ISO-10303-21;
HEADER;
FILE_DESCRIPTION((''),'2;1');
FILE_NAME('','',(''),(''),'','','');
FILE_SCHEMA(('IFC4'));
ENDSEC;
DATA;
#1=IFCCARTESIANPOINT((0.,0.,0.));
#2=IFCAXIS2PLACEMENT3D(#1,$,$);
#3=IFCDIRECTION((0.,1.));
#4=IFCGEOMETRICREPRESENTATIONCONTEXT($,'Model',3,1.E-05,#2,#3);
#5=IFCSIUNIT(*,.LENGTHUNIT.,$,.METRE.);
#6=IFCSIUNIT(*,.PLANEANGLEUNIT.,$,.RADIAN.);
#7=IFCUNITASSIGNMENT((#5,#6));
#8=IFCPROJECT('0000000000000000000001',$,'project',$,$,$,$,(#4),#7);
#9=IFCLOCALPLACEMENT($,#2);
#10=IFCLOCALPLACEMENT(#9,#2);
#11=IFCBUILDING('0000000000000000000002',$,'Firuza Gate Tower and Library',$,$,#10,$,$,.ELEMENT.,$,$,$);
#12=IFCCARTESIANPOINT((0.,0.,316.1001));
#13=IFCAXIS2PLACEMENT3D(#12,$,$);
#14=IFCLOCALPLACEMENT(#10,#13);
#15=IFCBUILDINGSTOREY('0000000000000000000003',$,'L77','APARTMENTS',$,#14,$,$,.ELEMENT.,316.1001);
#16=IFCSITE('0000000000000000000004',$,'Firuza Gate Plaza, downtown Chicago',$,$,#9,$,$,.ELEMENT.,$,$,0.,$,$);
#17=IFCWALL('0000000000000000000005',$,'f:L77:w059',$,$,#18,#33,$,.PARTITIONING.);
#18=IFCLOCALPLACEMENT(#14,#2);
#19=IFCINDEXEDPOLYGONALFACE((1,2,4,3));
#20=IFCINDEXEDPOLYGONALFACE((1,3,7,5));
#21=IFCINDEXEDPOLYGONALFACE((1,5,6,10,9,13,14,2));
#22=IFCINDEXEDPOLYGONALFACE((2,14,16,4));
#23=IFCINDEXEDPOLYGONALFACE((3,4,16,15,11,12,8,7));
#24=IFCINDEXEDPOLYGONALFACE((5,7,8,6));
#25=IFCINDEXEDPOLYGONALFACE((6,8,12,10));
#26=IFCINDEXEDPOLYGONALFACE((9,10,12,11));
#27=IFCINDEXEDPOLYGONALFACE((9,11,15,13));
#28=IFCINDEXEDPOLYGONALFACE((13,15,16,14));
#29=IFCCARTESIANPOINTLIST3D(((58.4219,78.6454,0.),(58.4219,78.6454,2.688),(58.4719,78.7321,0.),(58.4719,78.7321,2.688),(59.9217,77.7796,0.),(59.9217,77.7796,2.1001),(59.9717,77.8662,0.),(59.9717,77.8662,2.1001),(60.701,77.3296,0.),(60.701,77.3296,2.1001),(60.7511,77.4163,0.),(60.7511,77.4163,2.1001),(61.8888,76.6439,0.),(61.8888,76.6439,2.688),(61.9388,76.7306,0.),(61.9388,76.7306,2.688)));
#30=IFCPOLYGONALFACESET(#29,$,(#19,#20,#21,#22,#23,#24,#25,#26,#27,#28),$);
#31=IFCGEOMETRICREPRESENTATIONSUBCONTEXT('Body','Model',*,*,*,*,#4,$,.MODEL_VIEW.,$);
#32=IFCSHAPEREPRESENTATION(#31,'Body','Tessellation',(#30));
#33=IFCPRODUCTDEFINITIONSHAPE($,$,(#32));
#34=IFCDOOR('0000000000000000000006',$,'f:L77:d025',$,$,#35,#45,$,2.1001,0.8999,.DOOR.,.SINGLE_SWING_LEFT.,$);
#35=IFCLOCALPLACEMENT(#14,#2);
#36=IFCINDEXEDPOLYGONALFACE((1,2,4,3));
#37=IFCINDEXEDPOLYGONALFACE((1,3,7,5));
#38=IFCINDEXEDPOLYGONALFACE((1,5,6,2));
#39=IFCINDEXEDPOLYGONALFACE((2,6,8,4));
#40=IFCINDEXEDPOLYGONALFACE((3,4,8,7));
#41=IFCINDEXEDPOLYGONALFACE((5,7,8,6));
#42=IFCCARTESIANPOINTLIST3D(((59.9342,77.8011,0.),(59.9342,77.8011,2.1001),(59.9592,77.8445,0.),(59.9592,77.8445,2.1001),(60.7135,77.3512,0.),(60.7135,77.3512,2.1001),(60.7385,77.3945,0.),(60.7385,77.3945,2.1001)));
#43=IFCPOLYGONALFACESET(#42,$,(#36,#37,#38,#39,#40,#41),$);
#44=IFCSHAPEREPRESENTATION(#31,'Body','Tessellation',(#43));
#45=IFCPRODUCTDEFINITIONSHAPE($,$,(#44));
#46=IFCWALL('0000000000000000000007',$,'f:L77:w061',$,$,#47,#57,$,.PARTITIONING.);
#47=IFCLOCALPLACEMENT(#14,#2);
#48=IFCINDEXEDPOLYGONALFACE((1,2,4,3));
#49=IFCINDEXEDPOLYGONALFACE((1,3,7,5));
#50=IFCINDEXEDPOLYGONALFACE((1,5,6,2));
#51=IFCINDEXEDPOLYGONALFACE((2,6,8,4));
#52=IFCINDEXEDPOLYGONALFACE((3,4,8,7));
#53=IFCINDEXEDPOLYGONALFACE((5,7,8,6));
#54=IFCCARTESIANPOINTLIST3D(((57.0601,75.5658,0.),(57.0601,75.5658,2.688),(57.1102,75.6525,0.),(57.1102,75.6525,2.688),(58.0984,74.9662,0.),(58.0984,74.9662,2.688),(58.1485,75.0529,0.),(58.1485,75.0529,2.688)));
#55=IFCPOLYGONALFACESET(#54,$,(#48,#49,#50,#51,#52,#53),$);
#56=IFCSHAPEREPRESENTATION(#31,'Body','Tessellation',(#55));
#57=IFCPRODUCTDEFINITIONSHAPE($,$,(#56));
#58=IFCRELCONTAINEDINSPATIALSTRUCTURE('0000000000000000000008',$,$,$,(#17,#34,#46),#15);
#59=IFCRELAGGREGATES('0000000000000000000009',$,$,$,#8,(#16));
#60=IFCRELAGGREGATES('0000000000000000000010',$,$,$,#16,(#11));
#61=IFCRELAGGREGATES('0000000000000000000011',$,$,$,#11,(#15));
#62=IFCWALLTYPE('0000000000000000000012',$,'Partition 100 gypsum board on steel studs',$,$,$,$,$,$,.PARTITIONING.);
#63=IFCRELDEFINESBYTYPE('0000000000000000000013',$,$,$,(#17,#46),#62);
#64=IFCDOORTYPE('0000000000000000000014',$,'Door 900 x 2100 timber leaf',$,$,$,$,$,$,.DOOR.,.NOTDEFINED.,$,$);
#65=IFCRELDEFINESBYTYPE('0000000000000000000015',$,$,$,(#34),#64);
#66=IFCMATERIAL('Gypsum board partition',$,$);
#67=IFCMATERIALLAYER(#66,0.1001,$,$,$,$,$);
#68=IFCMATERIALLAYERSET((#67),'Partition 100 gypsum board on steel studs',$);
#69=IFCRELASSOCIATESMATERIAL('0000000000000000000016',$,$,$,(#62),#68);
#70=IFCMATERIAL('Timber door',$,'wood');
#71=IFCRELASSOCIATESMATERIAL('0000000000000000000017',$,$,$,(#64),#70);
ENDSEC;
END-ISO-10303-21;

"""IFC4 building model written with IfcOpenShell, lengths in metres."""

from ifc_helpers import new_model, si_unit, direction, frame, frame_2d, origin, place, context, subcontext, project, spatial, rectangle, extrude, material, layer, layer_set, type_object, element, fill, save


model = new_model("IFC4")

# Units and contexts
model_context = context("Model", 3, precision=1e-05, world=origin(), true_north=direction((0.0, 1.0)))
body_context = subcontext(model_context, "Body", "Model", "MODEL_VIEW")
ifc_project = project(units=[si_unit("LENGTHUNIT", "METRE"), si_unit("PLANEANGLEUNIT", "RADIAN")], contexts=[model_context])

# Site, building, storey
site_placement = place(None, origin())
site = spatial("IfcSite", under=ifc_project, at=site_placement, Name="Firuza Gate Plaza, downtown Chicago", CompositionType="ELEMENT", RefElevation=0.0)
building_placement = place(site_placement, origin())
building = spatial("IfcBuilding", under=site, at=building_placement, Name="Firuza Gate Tower and Library", CompositionType="ELEMENT")
storey_placement = place(building_placement, frame((0.0, 0.0, 316.1001)))
storey = spatial("IfcBuildingStorey", under=building, at=storey_placement, Name="L77", Description="APARTMENTS", CompositionType="ELEMENT", Elevation=316.1001)

# Shared definitions
ifc_material_1 = material(Name="Gypsum board partition")
ifc_layer_1 = layer(ifc_material_1, 0.1001)
ifc_layer_set_1 = layer_set([ifc_layer_1], Name="Partition 100 gypsum board on steel studs")
wall_type = type_object("IfcWallType", Name="Partition 100 gypsum board on steel studs", PredefinedType="PARTITIONING", material=ifc_layer_set_1)

# Wall, opening, door
wall_1_placement = place(storey_placement, frame((58.447, 78.6887, 0.0), z_axis=(0.0, 0.0, 1.0), x_axis=(0.866035, -0.499983, 0.0)))
wall_1 = element("IfcWall", 1, at=wall_1_placement, inside=storey, type_object=wall_type, Name="f:L77:w059", PredefinedType="PARTITIONING", context=body_context, shape_type="SweptSolid", body=[
    extrude(rectangle(XDim=4.0032, YDim=0.1001, at=frame_2d((2.0015, 0.0))), origin(), (0.0, 0.0, 1.0), 2.688),
])
opening_placement = place(wall_1_placement, frame((1.7317, 0.0, 0.0)))
opening = element("IfcOpeningElement", 2, at=opening_placement, cuts=wall_1, PredefinedType="OPENING", context=body_context, shape_type="SweptSolid", body=[
    extrude(rectangle(XDim=0.8999, YDim=2.1001, at=frame_2d((0.45, 1.05))), frame((0.0, 0.0601, 0.0), z_axis=(0.0, -1.0, 0.0), x_axis=(1.0, 0.0, 0.0)), (0.0, 0.0, 1.0), 0.1201),
])
ifc_material_2 = material(Name="Timber door", Category="wood")
door_type = type_object("IfcDoorType", Name="Door 900 x 2100 timber leaf", OperationType="NOTDEFINED", PredefinedType="DOOR", material=ifc_material_2)
door_placement = place(opening_placement, origin())
door = element("IfcDoor", 3, at=door_placement, inside=storey, type_object=door_type, Name="f:L77:d025", OperationType="SINGLE_SWING_LEFT", OverallHeight=2.1001, OverallWidth=0.8999, PredefinedType="DOOR", context=body_context, shape_type="SweptSolid", body=[
    extrude(rectangle(XDim=0.8999, YDim=2.1001, at=frame_2d((0.45, 1.05))), frame((0.0, 0.0249, 0.0), z_axis=(0.0, -1.0, 0.0), x_axis=(1.0, 0.0, 0.0)), (0.0, 0.0, 1.0), 0.05),
])
fill(opening, door)

# Wall
wall_2_placement = place(storey_placement, frame((58.1235, 75.0095, 0.0), z_axis=(0.0, 0.0, 1.0), x_axis=(-0.865979, 0.500081, 0.0)))
element("IfcWall", 4, at=wall_2_placement, inside=storey, type_object=wall_type, Name="f:L77:w061", PredefinedType="PARTITIONING", context=body_context, shape_type="SweptSolid", body=[
    extrude(rectangle(XDim=1.199, YDim=0.1001, at=frame_2d((0.5996, 0.0))), origin(), (0.0, 0.0, 1.0), 2.688),
])

save(model, "model.ifc")
